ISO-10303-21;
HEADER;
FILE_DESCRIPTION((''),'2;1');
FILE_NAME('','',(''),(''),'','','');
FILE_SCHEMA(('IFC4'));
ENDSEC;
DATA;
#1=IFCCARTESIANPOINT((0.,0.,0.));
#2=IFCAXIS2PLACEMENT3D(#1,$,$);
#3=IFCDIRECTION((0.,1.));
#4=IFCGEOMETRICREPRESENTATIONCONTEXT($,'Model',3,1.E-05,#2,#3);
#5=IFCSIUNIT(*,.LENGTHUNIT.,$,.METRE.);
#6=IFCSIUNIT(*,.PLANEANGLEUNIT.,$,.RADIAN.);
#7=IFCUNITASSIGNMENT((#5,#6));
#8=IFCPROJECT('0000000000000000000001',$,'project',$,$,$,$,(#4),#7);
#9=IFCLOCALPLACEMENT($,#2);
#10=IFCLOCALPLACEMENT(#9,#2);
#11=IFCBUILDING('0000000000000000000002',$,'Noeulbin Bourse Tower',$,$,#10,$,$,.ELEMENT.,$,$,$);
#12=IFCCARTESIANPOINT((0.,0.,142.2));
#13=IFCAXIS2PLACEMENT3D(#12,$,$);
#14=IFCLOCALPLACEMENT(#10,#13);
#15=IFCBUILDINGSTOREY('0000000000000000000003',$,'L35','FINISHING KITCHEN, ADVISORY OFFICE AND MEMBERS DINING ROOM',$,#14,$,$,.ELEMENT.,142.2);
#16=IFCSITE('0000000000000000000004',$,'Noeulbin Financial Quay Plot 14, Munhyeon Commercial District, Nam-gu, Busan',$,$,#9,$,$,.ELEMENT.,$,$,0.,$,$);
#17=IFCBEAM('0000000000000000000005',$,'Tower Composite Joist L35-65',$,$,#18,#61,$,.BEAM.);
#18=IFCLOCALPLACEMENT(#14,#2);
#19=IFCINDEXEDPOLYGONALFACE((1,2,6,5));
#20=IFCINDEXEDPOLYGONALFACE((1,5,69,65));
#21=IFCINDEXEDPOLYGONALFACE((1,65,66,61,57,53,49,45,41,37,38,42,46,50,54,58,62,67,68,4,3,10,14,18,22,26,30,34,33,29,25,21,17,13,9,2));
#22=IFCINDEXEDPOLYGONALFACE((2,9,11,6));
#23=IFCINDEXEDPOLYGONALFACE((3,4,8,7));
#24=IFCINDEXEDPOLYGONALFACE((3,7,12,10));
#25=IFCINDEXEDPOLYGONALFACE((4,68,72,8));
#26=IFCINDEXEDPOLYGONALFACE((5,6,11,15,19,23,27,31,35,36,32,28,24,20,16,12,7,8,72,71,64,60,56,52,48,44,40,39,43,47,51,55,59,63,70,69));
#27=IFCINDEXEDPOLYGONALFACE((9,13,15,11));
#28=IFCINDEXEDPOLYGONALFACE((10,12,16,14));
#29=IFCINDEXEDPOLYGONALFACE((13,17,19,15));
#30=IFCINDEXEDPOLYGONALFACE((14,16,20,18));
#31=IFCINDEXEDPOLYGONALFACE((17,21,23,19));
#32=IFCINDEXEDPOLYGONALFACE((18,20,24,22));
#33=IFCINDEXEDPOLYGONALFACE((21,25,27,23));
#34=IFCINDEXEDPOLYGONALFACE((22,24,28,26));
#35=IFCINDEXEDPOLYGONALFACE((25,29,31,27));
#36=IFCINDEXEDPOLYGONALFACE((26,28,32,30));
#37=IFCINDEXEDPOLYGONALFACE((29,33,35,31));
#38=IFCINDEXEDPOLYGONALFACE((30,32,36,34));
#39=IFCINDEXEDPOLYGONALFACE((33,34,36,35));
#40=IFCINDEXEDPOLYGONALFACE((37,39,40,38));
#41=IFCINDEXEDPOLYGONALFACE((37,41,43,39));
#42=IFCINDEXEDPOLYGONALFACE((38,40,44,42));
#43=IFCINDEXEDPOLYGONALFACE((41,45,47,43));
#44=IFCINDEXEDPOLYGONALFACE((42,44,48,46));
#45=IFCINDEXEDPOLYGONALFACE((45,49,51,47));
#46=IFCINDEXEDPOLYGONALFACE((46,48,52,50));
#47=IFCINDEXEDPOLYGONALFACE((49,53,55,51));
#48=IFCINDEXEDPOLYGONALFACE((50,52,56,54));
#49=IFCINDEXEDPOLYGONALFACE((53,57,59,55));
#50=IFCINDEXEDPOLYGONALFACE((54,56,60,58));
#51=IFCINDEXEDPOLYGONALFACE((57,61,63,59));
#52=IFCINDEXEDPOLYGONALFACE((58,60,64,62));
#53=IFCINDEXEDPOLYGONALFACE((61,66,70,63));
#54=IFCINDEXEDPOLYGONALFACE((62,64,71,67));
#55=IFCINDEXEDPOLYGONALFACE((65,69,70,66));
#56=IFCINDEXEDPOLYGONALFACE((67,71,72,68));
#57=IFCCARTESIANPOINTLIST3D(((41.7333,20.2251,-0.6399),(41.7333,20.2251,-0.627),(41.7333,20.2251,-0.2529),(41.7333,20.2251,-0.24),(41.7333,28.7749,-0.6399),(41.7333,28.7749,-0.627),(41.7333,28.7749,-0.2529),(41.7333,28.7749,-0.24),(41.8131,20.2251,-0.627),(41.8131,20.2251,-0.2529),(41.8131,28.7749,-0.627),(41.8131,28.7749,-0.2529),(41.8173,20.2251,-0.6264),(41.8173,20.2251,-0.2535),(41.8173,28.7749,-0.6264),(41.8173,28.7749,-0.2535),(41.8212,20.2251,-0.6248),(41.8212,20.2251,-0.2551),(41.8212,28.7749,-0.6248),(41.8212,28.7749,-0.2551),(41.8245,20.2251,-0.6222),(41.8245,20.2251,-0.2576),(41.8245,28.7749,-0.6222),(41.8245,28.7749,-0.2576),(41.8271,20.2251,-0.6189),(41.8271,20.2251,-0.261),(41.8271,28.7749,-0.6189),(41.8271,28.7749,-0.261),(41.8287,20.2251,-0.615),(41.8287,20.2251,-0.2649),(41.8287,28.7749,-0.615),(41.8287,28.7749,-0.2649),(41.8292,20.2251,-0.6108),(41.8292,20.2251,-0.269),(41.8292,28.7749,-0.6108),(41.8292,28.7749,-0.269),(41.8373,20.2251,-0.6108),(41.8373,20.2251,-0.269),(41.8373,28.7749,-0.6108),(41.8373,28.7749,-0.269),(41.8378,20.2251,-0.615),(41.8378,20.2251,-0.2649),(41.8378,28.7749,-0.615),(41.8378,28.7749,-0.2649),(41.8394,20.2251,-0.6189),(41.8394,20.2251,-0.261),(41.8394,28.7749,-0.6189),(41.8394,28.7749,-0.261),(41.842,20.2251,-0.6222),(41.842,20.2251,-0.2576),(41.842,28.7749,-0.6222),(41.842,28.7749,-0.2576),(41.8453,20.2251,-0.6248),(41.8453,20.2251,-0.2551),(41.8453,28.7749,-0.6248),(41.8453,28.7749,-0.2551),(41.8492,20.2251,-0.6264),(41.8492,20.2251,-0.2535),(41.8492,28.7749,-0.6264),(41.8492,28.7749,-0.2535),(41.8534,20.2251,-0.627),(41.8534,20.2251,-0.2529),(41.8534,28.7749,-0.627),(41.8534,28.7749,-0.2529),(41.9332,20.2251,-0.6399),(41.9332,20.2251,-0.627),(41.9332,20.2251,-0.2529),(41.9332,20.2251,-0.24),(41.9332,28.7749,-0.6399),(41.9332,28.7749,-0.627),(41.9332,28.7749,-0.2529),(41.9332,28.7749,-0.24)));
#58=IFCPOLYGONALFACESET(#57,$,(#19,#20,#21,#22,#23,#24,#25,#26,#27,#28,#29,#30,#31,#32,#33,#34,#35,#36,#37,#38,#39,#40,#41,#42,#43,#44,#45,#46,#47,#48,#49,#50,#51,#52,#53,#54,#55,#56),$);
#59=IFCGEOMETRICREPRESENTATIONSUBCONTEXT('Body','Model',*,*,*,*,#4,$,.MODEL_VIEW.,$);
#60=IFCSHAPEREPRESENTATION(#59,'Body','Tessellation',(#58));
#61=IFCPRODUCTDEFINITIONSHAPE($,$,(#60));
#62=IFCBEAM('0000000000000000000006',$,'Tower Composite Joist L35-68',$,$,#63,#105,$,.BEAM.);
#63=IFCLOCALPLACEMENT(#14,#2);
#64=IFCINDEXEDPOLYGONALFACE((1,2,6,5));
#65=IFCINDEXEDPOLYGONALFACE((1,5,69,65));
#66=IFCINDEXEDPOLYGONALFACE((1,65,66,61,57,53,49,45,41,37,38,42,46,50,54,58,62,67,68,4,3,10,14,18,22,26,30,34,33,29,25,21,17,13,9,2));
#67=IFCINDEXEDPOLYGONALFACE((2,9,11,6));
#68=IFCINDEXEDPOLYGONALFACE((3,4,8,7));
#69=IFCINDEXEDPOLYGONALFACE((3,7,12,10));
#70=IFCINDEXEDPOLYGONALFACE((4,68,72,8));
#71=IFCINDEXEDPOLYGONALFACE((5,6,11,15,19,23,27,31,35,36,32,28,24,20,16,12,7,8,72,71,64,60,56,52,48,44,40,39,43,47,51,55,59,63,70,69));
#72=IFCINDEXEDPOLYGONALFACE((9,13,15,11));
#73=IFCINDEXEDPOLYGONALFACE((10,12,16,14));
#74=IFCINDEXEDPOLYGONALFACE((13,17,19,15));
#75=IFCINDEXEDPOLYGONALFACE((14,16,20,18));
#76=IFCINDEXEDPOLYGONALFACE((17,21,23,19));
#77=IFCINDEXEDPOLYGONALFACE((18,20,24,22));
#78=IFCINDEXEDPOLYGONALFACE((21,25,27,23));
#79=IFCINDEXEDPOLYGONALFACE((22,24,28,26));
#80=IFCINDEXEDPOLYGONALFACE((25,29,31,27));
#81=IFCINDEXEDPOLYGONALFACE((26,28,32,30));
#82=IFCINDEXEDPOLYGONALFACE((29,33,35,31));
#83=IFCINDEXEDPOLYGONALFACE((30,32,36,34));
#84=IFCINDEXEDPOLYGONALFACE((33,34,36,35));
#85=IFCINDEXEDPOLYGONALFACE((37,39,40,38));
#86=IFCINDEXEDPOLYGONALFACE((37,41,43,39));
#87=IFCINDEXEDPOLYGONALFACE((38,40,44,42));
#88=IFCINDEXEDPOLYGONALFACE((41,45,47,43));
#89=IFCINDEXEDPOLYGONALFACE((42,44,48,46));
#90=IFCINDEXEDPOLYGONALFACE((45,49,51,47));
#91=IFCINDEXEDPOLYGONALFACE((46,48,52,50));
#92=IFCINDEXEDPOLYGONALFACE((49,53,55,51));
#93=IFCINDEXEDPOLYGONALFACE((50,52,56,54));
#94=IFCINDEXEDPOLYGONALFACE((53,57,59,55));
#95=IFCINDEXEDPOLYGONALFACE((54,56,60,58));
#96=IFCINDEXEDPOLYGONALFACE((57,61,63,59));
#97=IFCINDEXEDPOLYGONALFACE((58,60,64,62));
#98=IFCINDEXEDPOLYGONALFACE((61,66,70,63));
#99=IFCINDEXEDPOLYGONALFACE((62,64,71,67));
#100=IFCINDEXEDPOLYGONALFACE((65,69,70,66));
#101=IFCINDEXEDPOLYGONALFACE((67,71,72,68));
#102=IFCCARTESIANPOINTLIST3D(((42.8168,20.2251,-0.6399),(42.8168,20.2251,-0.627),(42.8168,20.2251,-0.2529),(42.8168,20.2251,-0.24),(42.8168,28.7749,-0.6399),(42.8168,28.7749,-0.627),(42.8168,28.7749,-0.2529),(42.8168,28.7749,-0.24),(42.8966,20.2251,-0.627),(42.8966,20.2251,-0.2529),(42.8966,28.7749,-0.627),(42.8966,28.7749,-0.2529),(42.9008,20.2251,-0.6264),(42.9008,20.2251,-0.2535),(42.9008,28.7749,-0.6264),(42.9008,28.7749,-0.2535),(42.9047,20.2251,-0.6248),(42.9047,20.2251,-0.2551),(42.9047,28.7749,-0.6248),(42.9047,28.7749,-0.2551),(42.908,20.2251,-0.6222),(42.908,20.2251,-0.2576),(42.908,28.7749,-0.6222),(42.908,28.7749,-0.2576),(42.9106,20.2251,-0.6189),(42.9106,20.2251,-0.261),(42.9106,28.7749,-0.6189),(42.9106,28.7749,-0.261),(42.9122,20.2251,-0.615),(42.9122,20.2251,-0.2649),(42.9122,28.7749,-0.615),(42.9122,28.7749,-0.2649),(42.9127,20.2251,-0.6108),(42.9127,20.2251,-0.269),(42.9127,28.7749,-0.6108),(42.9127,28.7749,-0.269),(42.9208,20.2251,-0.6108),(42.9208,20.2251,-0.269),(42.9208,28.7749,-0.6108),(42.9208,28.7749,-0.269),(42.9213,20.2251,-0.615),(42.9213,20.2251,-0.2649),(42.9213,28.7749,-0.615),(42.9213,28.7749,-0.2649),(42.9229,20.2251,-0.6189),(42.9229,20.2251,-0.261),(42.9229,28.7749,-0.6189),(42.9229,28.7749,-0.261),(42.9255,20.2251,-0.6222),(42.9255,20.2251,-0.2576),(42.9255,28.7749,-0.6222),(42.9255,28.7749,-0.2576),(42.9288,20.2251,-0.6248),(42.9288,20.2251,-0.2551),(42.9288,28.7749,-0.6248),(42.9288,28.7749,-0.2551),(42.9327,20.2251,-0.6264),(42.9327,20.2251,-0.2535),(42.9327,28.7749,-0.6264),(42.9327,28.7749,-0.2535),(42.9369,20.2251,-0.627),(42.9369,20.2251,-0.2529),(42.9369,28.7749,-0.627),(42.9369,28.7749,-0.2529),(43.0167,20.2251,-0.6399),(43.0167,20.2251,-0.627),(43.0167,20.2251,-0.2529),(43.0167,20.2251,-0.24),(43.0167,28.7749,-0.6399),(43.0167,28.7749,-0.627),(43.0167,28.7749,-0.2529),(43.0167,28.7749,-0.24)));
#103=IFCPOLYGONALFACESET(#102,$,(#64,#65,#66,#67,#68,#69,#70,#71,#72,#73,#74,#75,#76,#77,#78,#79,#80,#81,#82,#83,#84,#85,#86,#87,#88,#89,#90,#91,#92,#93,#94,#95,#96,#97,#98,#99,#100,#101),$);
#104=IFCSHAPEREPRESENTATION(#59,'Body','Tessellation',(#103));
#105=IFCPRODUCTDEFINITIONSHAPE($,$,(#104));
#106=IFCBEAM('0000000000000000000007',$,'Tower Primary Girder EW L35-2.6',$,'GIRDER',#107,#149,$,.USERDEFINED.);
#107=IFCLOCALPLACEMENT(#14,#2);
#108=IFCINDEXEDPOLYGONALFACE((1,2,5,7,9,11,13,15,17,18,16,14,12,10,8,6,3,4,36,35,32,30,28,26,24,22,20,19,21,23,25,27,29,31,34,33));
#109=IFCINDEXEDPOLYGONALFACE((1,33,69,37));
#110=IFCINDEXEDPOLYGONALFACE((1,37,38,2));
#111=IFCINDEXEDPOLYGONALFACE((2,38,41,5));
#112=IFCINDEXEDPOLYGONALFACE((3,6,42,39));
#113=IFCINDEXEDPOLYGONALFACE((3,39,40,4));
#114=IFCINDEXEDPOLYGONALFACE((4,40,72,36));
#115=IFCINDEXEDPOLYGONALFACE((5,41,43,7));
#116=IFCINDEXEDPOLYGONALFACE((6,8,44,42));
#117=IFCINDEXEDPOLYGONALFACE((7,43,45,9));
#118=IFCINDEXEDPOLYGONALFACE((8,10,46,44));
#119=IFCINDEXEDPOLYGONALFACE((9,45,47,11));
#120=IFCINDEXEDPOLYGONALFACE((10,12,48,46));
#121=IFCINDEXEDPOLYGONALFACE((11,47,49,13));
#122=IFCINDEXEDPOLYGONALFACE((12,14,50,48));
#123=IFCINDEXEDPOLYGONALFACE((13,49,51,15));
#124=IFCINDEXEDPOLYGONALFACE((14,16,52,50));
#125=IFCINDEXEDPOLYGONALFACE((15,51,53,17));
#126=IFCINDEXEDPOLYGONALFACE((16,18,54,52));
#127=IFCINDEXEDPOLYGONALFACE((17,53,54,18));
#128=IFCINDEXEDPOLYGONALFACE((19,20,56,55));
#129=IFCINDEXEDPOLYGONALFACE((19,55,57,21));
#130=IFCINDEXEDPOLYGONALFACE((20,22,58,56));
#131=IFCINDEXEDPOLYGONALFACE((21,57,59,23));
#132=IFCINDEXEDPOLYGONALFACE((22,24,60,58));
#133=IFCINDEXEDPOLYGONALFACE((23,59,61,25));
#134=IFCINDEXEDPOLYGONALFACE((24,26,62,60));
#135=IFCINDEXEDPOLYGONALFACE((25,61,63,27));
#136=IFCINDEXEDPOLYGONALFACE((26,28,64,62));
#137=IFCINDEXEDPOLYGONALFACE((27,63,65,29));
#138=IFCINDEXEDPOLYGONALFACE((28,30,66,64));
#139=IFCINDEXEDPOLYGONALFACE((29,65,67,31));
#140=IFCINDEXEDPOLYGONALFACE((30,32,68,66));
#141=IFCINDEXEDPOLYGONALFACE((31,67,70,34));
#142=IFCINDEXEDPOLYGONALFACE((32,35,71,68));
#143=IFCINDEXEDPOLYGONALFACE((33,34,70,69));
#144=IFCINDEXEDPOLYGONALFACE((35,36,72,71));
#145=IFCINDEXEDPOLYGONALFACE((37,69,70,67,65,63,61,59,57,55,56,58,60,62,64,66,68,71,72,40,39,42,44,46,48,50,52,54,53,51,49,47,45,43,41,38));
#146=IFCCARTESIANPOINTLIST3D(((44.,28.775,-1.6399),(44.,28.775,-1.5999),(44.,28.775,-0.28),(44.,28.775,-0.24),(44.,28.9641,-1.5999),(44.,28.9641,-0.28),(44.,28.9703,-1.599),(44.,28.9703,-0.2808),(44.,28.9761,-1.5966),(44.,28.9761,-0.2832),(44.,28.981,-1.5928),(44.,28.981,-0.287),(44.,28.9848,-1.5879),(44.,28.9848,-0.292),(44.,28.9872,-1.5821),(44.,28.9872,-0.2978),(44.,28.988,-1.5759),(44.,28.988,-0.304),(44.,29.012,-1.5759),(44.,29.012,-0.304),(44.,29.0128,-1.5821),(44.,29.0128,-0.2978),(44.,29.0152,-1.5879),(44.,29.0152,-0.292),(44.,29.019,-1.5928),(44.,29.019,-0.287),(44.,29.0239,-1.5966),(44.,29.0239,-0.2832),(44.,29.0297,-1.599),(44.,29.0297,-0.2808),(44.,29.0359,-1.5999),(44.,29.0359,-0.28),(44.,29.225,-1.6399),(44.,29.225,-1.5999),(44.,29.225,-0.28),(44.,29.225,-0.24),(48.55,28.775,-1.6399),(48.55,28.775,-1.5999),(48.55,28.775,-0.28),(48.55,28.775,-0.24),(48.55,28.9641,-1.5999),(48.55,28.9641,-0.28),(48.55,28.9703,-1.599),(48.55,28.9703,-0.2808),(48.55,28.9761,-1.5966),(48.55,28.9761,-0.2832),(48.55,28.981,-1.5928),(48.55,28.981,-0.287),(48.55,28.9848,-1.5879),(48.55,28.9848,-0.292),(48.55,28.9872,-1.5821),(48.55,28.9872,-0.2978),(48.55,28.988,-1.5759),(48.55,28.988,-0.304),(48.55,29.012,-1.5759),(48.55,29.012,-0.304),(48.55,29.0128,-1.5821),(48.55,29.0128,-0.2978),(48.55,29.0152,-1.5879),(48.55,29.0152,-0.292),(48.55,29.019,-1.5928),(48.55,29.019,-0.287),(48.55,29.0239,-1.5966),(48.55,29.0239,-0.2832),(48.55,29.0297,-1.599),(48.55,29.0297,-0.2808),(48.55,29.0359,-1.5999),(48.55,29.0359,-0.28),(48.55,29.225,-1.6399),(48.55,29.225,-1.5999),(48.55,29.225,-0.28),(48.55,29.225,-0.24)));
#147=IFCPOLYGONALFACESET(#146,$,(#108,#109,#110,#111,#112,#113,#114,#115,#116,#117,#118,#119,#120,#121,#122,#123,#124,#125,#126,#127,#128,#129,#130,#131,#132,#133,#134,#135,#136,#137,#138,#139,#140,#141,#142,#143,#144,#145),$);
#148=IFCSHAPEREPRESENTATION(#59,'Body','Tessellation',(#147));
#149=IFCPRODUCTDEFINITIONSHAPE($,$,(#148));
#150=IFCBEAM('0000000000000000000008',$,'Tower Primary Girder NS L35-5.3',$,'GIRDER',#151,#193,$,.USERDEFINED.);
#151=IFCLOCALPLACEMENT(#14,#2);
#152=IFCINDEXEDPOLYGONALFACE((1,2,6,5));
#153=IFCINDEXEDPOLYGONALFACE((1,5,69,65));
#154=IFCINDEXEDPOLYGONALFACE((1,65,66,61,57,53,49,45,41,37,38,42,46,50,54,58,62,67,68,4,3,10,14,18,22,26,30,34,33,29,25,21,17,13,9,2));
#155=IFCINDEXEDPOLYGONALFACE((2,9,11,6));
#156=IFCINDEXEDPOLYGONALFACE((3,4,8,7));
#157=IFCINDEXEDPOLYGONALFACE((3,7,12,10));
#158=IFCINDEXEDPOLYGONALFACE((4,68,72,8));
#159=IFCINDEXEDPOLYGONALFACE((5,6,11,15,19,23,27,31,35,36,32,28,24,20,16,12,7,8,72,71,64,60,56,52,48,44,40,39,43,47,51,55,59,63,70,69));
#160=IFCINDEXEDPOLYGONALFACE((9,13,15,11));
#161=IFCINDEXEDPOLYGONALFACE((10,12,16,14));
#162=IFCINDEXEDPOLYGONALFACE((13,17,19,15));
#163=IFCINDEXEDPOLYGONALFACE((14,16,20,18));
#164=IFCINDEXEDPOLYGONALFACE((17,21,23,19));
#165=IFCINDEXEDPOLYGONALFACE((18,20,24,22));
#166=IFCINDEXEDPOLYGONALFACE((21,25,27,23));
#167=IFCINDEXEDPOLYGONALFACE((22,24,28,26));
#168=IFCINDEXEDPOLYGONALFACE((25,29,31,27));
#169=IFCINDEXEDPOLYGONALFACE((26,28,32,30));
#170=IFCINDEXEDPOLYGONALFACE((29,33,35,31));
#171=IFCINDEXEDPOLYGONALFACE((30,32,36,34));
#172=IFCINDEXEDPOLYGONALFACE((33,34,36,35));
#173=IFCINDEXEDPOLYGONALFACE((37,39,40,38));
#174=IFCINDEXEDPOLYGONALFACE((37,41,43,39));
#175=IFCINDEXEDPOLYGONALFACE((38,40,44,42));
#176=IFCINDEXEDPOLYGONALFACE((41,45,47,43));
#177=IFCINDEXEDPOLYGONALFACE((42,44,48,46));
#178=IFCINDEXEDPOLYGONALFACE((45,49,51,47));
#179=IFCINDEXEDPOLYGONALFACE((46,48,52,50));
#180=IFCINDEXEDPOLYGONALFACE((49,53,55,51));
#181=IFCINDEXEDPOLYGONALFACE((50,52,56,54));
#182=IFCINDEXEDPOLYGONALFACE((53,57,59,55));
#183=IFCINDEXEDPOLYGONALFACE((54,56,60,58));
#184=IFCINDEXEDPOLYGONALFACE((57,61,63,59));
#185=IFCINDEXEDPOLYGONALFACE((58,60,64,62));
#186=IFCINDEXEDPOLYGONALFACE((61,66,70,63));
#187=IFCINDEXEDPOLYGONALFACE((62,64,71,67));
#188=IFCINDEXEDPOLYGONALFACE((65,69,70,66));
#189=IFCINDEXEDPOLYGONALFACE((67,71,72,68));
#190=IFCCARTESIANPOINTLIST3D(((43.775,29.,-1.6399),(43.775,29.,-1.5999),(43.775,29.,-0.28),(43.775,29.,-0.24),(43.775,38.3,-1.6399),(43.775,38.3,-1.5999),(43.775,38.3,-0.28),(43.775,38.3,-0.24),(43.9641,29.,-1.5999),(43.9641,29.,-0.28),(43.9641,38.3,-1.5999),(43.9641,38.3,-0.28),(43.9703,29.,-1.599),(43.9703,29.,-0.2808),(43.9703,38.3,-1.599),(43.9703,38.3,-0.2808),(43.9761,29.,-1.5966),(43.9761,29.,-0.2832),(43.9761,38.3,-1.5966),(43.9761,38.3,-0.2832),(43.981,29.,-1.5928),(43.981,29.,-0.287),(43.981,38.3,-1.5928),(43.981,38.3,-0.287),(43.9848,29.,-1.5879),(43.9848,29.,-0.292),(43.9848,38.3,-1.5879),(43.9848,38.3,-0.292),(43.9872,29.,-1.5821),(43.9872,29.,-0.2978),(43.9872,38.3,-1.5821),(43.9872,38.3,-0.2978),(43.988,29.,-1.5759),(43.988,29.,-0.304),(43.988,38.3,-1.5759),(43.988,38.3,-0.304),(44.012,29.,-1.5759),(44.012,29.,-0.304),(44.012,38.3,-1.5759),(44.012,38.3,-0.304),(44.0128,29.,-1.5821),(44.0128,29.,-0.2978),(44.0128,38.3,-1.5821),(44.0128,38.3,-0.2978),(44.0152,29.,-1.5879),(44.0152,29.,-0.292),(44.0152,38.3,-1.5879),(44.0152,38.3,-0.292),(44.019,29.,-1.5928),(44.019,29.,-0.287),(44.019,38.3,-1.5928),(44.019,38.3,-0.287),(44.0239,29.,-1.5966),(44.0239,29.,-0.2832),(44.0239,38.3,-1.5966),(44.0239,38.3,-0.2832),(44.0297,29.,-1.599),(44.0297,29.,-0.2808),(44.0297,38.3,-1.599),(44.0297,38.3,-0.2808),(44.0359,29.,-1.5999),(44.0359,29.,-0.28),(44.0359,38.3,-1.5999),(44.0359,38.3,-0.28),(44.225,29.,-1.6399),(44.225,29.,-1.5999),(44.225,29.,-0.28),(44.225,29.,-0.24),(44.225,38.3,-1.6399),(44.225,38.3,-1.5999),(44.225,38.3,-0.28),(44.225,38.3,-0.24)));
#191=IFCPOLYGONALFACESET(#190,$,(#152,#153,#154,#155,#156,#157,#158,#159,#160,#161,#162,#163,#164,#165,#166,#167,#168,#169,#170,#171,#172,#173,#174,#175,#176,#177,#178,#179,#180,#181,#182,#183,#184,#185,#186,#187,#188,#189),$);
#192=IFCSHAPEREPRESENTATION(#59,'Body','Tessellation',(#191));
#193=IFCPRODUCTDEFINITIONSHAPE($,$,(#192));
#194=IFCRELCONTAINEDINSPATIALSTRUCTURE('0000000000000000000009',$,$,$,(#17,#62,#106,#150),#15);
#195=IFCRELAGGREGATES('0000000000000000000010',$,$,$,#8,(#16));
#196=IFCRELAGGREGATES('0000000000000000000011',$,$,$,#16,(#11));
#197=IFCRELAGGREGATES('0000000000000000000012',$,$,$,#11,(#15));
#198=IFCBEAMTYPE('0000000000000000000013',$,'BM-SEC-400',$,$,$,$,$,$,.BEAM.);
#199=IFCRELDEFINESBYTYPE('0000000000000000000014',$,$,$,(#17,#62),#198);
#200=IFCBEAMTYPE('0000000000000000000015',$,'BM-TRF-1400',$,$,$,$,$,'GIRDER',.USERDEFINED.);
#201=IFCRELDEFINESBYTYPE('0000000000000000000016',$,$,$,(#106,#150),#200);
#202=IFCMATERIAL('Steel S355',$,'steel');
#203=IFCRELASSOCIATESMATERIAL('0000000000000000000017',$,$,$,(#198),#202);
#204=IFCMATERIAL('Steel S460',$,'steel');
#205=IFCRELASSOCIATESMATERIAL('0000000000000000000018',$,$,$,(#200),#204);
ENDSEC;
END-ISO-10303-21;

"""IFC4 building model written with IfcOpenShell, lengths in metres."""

from ifc_helpers import new_model, si_unit, direction, frame, origin, origin_2d, place, context, subcontext, project, spatial, i_section, extrude, material, material_profile, profile_set, type_object, element, save


model = new_model("IFC4")

# Units and contexts
model_context = context("Model", 3, precision=1e-05, world=origin(), true_north=direction((0.0, 1.0)))
body_context = subcontext(model_context, "Body", "Model", "MODEL_VIEW")
ifc_project = project(units=[si_unit("LENGTHUNIT", "METRE"), si_unit("PLANEANGLEUNIT", "RADIAN")], contexts=[model_context])

# Site, building, storey
site_placement = place(None, origin())
site = spatial("IfcSite", under=ifc_project, at=site_placement, Name="Noeulbin Financial Quay Plot 14, Munhyeon Commercial District, Nam-gu, Busan", CompositionType="ELEMENT", RefElevation=0.0)
building_placement = place(site_placement, origin())
building = spatial("IfcBuilding", under=site, at=building_placement, Name="Noeulbin Bourse Tower", CompositionType="ELEMENT")
storey_placement = place(building_placement, frame((0.0, 0.0, 142.2)))
storey = spatial("IfcBuildingStorey", under=building, at=storey_placement, Name="L35", Description="FINISHING KITCHEN, ADVISORY OFFICE AND MEMBERS DINING ROOM", CompositionType="ELEMENT", Elevation=142.2)

# Shared definitions
ifc_material_1 = material(Name="Steel S355", Category="steel")
ifc_material_2 = material(Name="Steel S460", Category="steel")

# Beams
ifc_material_profile_1 = material_profile(ifc_material_1, i_section(OverallWidth=0.2, OverallDepth=0.3999, WebThickness=0.0081, FlangeThickness=0.0129, FilletRadius=0.0161, at=origin_2d()), Name="H-400x200x8x13", Category="LoadBearing")
ifc_profile_set_1 = profile_set([ifc_material_profile_1], Name="Steel S355")
beam_type_1 = type_object("IfcBeamType", Name="BM-SEC-400", PredefinedType="BEAM", material=ifc_profile_set_1)
for number, where, z_axis, x_axis, name in (
    (1, (41.8333, 20.2251, -0.4399), (0.0, 1.0, 0.0), (-1.0, 0.0, 0.0), "Tower Composite Joist L35-65"),
    (2, (42.9167, 20.2251, -0.4399), (0.0, 1.0, 0.0), (-1.0, 0.0, 0.0), "Tower Composite Joist L35-68"),
):
    element("IfcBeam", number, at=place(storey_placement, frame(where, z_axis=z_axis, x_axis=x_axis)), inside=storey, type_object=beam_type_1, Name=name, PredefinedType="BEAM", context=body_context, shape_type="SweptSolid", body=[
        extrude(i_section(OverallWidth=0.2, OverallDepth=0.3999, WebThickness=0.0081, FlangeThickness=0.0129, FilletRadius=0.0161, at=origin_2d()), origin(), (0.0, 0.0, 1.0), 8.5498),
    ])
ifc_material_profile_2 = material_profile(ifc_material_2, i_section(OverallWidth=0.45, OverallDepth=1.3999, WebThickness=0.0239, FlangeThickness=0.04, FilletRadius=0.0239, at=origin_2d()), Name="PG-1400x450x24x40", Category="LoadBearing")
ifc_profile_set_2 = profile_set([ifc_material_profile_2], Name="Steel S460")
beam_type_2 = type_object("IfcBeamType", Name="BM-TRF-1400", ElementType="GIRDER", PredefinedType="USERDEFINED", material=ifc_profile_set_2)
beam_1_placement = place(storey_placement, frame((44.0, 29.0, -0.9399), z_axis=(1.0, 0.0, 0.0), x_axis=(0.0, 1.0, 0.0)))
element("IfcBeam", 3, at=beam_1_placement, inside=storey, type_object=beam_type_2, Name="Tower Primary Girder EW L35-2.6", ObjectType="GIRDER", PredefinedType="USERDEFINED", context=body_context, shape_type="SweptSolid", body=[
    extrude(i_section(OverallWidth=0.45, OverallDepth=1.3999, WebThickness=0.0239, FlangeThickness=0.04, FilletRadius=0.0239, at=origin_2d()), origin(), (0.0, 0.0, 1.0), 4.55),
])
beam_2_placement = place(storey_placement, frame((44.0, 29.0, -0.9399), z_axis=(0.0, 1.0, 0.0), x_axis=(-1.0, 0.0, 0.0)))
element("IfcBeam", 4, at=beam_2_placement, inside=storey, type_object=beam_type_2, Name="Tower Primary Girder NS L35-5.3", ObjectType="GIRDER", PredefinedType="USERDEFINED", context=body_context, shape_type="SweptSolid", body=[
    extrude(i_section(OverallWidth=0.45, OverallDepth=1.3999, WebThickness=0.0239, FlangeThickness=0.04, FilletRadius=0.0239, at=origin_2d()), origin(), (0.0, 0.0, 1.0), 9.3),
])

save(model, "model.ifc")
